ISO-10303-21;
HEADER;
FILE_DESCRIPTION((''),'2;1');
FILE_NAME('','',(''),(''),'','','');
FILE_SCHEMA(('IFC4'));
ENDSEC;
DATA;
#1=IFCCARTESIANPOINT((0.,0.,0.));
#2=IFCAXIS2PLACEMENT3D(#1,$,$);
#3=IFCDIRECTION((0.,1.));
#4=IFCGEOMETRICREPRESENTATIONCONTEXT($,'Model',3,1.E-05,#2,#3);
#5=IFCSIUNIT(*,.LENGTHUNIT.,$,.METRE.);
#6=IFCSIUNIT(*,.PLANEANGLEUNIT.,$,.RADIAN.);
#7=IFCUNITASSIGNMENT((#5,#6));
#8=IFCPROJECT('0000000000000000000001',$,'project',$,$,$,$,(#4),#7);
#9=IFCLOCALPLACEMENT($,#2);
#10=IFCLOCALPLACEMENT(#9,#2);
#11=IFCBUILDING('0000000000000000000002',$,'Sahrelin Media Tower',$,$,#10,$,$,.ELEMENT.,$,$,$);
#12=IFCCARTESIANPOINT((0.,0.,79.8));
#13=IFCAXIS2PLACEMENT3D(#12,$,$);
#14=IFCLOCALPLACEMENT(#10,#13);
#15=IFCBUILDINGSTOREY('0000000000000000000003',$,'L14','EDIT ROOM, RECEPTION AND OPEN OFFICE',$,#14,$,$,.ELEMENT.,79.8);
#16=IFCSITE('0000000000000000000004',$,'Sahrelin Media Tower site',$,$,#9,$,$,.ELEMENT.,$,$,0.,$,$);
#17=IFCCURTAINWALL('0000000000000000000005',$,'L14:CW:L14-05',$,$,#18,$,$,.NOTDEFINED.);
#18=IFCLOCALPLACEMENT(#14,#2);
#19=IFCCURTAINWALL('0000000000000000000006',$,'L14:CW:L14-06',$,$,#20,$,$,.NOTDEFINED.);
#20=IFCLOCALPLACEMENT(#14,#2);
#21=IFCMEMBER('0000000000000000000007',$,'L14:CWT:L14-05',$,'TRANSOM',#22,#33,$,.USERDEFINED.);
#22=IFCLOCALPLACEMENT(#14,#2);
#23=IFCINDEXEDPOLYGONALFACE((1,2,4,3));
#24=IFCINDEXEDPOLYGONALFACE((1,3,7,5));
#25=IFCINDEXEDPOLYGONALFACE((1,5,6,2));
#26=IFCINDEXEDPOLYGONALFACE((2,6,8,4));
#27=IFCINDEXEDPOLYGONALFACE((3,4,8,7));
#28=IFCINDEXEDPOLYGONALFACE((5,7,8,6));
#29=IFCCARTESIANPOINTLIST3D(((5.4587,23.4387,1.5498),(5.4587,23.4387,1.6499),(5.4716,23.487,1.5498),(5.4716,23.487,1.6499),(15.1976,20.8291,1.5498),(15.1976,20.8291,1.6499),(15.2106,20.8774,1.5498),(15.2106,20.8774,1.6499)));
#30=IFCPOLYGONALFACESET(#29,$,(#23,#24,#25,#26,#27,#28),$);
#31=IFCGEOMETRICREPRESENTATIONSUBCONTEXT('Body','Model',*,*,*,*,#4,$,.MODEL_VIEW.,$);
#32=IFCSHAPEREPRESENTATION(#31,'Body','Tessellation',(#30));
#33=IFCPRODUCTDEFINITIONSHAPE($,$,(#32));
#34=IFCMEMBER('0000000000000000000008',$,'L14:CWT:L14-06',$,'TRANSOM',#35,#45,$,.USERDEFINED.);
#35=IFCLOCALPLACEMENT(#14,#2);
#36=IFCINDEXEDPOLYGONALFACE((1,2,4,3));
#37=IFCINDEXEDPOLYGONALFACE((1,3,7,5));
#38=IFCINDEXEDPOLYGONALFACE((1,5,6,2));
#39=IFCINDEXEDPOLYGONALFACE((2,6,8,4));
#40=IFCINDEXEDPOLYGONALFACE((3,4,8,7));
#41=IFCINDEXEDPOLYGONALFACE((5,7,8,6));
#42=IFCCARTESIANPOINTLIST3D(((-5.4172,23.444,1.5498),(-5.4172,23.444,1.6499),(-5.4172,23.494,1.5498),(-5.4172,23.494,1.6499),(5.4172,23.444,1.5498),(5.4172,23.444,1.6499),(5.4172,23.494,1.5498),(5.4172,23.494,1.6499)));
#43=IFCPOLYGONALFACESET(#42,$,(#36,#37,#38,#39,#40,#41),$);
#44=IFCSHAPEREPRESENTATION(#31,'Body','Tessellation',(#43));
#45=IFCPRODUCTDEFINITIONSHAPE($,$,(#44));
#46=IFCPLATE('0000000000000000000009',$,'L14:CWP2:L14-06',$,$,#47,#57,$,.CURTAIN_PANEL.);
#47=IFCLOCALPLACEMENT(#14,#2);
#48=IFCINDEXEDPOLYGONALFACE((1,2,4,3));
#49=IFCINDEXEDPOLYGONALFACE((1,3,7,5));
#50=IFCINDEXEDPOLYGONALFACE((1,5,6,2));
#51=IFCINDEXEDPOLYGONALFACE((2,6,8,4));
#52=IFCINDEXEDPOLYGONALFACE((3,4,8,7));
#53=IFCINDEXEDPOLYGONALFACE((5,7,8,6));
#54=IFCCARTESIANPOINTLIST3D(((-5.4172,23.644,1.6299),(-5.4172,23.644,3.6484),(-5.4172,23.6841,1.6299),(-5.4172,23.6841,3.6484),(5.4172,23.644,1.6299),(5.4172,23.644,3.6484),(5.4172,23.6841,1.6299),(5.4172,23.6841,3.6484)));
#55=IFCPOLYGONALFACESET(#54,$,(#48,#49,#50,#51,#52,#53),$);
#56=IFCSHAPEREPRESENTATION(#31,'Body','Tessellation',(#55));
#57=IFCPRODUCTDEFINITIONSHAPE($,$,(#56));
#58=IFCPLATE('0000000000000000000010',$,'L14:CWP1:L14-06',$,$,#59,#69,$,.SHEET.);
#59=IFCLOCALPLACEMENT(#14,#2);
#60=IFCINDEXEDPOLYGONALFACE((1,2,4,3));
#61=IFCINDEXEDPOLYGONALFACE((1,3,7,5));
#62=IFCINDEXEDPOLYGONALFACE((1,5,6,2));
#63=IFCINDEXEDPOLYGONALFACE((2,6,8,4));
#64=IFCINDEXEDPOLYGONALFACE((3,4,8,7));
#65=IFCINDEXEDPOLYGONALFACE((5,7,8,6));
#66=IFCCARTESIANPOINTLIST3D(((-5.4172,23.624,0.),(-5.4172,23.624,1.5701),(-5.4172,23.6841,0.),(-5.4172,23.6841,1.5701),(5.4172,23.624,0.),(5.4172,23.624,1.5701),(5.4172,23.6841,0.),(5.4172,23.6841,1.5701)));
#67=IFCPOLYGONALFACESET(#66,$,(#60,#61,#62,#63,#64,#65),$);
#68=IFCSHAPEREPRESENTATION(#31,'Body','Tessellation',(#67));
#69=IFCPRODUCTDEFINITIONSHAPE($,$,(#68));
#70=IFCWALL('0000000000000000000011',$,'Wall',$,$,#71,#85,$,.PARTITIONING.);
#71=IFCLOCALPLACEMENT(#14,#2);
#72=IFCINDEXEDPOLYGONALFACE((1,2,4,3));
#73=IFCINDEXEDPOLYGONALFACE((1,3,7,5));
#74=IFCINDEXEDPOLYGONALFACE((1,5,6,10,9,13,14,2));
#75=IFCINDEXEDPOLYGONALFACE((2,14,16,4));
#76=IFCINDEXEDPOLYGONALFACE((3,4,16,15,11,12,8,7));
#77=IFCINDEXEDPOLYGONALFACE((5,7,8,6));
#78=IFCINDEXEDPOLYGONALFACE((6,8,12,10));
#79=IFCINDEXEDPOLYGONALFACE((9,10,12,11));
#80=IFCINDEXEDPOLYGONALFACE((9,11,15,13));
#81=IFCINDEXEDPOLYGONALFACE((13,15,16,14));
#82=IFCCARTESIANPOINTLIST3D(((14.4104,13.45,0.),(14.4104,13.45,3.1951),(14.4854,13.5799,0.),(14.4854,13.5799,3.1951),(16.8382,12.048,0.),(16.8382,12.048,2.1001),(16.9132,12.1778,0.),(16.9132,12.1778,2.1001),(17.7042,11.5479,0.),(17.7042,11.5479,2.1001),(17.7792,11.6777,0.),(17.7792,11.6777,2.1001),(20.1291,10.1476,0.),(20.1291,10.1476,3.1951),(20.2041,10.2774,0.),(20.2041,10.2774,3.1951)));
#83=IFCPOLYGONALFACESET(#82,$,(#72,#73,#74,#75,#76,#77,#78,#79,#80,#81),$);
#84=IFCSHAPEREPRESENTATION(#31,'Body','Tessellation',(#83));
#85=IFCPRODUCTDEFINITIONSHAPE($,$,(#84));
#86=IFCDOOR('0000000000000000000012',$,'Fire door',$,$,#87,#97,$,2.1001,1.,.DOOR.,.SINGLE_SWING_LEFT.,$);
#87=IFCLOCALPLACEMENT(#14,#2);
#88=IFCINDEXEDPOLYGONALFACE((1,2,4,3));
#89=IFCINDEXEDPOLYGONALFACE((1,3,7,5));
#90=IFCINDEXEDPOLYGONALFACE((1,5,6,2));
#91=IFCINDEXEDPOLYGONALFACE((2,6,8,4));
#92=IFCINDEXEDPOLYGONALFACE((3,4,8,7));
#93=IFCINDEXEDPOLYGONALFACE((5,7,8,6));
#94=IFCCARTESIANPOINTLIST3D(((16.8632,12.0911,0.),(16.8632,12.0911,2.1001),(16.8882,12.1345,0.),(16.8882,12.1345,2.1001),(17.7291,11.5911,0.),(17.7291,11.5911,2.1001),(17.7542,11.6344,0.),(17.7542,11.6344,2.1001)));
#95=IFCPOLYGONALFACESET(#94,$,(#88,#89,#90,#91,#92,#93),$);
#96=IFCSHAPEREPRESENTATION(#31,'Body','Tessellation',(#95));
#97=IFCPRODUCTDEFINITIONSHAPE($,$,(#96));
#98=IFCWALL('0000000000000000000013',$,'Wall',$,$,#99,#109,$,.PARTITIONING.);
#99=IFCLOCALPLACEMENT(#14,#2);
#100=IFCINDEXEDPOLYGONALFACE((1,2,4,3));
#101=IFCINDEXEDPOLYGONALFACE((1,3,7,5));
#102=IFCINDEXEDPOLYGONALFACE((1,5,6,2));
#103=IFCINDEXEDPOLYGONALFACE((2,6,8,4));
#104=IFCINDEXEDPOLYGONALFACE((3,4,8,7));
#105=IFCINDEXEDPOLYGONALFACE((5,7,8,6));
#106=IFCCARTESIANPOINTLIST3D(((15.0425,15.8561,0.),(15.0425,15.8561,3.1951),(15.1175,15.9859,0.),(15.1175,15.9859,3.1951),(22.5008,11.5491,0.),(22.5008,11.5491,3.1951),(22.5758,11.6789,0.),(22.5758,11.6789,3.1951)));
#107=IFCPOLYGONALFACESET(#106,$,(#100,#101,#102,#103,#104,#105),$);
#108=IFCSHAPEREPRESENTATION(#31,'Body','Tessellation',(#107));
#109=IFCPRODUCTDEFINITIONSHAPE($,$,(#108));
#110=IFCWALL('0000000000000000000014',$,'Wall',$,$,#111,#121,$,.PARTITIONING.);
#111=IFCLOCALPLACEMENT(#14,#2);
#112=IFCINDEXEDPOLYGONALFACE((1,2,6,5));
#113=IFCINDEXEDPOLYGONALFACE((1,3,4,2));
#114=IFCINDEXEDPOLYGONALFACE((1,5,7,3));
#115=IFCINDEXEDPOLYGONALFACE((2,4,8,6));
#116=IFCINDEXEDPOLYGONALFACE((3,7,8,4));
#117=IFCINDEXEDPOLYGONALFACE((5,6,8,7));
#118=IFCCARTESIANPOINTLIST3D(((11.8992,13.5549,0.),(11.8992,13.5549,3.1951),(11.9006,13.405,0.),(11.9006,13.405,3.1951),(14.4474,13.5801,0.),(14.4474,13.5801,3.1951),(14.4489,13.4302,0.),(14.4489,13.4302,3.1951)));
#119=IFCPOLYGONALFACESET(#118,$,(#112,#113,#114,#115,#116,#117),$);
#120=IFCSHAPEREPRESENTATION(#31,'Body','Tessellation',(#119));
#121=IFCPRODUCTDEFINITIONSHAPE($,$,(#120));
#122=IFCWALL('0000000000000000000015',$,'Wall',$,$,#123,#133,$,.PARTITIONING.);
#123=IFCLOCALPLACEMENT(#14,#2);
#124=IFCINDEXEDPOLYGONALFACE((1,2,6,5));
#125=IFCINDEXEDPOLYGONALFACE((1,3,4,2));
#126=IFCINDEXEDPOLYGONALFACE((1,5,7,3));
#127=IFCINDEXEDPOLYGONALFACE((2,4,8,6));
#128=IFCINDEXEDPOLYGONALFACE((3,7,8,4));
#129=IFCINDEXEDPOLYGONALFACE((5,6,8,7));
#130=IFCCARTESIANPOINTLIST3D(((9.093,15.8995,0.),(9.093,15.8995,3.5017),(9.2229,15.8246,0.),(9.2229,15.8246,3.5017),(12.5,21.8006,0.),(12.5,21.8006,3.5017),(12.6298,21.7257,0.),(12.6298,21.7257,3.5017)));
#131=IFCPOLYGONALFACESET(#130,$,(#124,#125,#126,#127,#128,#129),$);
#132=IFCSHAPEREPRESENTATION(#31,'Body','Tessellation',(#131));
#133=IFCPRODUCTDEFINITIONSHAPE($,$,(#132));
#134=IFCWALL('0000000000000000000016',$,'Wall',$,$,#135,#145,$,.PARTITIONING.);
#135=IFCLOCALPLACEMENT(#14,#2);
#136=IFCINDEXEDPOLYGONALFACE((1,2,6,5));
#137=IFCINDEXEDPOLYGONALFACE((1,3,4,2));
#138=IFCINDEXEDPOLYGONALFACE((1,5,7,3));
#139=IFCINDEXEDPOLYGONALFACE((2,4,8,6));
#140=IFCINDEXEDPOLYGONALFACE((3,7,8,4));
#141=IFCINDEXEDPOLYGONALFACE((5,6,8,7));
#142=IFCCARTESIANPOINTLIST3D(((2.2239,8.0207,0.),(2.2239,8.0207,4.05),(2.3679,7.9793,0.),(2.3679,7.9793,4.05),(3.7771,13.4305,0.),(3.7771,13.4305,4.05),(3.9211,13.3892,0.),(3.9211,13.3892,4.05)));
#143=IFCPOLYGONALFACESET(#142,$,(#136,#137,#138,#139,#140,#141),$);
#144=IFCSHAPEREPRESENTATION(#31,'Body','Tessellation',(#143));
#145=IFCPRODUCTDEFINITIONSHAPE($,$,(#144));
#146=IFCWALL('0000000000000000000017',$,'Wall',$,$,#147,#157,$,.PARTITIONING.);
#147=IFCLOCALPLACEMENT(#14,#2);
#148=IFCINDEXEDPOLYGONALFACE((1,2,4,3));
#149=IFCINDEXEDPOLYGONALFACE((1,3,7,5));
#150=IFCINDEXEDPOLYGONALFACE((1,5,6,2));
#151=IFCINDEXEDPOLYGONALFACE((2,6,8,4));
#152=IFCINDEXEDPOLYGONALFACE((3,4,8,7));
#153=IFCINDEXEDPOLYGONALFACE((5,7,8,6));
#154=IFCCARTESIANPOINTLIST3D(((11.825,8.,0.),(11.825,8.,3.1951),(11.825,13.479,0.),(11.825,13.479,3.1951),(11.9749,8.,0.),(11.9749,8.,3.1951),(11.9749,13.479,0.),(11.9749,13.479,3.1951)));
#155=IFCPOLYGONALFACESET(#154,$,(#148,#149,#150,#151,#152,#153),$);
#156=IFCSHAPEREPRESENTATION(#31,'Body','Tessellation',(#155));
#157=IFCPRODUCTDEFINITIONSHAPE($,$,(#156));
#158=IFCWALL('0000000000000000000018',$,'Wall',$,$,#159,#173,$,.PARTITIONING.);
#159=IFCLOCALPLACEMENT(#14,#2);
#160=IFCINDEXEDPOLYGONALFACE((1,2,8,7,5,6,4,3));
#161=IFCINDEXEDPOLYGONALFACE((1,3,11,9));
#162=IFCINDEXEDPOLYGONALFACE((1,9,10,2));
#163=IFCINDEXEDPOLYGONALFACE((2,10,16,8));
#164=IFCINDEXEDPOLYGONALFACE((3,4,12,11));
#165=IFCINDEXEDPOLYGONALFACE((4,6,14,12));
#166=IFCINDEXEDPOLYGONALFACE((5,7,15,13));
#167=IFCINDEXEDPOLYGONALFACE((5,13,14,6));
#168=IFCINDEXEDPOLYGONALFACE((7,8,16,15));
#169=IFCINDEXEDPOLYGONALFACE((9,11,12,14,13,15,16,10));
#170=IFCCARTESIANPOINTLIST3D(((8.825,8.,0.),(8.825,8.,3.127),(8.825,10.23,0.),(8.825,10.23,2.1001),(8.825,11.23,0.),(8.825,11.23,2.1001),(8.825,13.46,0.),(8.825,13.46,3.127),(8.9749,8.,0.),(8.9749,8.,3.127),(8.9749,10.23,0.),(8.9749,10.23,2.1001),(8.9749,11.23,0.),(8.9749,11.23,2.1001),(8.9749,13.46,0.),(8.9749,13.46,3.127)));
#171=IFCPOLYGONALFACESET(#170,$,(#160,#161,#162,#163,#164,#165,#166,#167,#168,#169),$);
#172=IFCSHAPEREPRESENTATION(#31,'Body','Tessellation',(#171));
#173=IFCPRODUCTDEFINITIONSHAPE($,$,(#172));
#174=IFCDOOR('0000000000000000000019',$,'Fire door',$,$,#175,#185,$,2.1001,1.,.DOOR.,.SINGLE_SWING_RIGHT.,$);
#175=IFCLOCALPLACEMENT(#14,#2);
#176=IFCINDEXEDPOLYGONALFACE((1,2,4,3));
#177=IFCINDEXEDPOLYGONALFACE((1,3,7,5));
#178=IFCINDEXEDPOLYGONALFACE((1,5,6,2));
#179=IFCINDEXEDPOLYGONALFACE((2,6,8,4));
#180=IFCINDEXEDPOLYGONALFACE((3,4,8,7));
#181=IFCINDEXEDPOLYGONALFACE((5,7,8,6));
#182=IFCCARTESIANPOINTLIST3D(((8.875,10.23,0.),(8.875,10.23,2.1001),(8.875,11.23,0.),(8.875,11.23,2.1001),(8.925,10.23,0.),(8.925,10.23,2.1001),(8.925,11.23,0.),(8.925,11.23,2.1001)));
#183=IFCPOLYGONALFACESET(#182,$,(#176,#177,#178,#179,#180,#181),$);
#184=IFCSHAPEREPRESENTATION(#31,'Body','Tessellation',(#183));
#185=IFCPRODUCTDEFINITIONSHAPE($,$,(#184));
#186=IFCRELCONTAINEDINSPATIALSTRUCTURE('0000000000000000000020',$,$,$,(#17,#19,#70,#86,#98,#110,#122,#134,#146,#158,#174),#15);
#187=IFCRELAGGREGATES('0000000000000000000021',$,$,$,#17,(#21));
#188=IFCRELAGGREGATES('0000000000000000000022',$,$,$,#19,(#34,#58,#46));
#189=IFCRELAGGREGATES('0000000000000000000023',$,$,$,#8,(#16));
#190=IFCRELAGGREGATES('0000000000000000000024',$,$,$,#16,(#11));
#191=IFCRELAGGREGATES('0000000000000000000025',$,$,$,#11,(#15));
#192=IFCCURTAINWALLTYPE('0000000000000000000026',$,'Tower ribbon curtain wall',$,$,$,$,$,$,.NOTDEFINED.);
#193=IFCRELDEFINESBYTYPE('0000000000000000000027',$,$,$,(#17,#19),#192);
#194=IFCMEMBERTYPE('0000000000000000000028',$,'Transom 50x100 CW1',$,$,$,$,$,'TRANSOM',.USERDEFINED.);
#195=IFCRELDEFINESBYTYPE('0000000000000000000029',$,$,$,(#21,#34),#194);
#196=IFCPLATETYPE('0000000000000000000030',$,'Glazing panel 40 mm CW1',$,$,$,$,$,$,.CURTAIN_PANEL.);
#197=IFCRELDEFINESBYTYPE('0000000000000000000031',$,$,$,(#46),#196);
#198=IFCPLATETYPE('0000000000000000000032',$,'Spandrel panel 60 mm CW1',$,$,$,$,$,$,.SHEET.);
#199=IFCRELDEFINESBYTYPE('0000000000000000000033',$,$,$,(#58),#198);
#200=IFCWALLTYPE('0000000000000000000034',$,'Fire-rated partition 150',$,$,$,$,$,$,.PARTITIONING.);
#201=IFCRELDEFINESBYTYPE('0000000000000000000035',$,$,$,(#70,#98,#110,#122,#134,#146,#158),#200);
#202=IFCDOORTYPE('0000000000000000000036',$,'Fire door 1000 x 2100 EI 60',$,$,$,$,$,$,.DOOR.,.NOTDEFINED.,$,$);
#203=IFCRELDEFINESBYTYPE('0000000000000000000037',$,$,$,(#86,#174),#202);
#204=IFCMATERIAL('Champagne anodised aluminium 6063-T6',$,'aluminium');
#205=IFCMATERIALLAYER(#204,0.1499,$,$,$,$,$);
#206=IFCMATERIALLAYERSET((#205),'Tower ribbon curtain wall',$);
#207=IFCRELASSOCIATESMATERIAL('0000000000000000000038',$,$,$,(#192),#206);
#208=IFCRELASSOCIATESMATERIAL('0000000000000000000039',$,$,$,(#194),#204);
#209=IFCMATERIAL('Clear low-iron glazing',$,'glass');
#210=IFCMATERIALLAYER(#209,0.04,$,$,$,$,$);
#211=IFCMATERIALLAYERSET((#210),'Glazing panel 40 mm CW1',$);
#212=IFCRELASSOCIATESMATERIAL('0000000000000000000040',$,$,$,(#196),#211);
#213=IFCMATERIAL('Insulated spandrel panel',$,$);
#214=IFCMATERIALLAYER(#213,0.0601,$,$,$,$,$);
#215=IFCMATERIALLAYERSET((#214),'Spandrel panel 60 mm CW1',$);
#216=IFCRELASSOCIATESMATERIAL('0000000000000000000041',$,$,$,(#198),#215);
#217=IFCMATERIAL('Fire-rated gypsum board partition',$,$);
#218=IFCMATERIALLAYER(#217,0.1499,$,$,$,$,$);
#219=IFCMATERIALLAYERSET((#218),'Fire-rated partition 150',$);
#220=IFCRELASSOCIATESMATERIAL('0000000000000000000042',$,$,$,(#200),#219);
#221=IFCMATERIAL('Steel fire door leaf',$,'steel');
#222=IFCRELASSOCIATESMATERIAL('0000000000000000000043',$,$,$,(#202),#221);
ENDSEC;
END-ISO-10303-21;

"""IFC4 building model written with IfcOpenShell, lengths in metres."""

from ifc_helpers import new_model, si_unit, direction, frame, frame_2d, origin, origin_2d, place, context, subcontext, project, spatial, polyline, rectangle, outline, extrude, material, layer, layer_set, material_profile, profile_set, type_object, element, fill, aggregate, save


model = new_model("IFC4")

# Units and contexts
model_context = context("Model", 3, precision=1e-05, world=origin(), true_north=direction((0.0, 1.0)))
body_context = subcontext(model_context, "Body", "Model", "MODEL_VIEW")
ifc_project = project(units=[si_unit("LENGTHUNIT", "METRE"), si_unit("PLANEANGLEUNIT", "RADIAN")], contexts=[model_context])

# Site, building, storey
site_placement = place(None, origin())
site = spatial("IfcSite", under=ifc_project, at=site_placement, Name="Sahrelin Media Tower site", CompositionType="ELEMENT", RefElevation=0.0)
building_placement = place(site_placement, origin())
building = spatial("IfcBuilding", under=site, at=building_placement, Name="Sahrelin Media Tower", CompositionType="ELEMENT")
storey_placement = place(building_placement, frame((0.0, 0.0, 79.8)))
storey = spatial("IfcBuildingStorey", under=building, at=storey_placement, Name="L14", Description="EDIT ROOM, RECEPTION AND OPEN OFFICE", CompositionType="ELEMENT", Elevation=79.8)

# Curtain walls
ifc_material_1 = material(Name="Champagne anodised aluminium 6063-T6", Category="aluminium")
ifc_layer_1 = layer(ifc_material_1, 0.1499)
ifc_layer_set_1 = layer_set([ifc_layer_1], Name="Tower ribbon curtain wall")
curtain_wall_type = type_object("IfcCurtainWallType", Name="Tower ribbon curtain wall", PredefinedType="NOTDEFINED", material=ifc_layer_set_1)
curtain_wall_1_placement = place(storey_placement, frame((10.385, 22.3464, 0.0), z_axis=(0.0, 0.0, 1.0), x_axis=(1.0, 0.0, 0.0)))
curtain_wall_1 = element("IfcCurtainWall", 1, at=curtain_wall_1_placement, inside=storey, type_object=curtain_wall_type, Name="L14:CW:L14-05", PredefinedType="NOTDEFINED")
placement_1 = place(storey_placement, frame((0.0, 23.6641, 0.0), z_axis=(0.0, 0.0, 1.0), x_axis=(1.0, 0.0, 0.0)))
curtain_wall_2 = element("IfcCurtainWall", 2, at=placement_1, inside=storey, type_object=curtain_wall_type, Name="L14:CW:L14-06", PredefinedType="NOTDEFINED")

# Members
ifc_material_profile_1 = material_profile(ifc_material_1, rectangle(XDim=0.05, YDim=0.1001, at=origin_2d()), Name="Transom 50x100")
ifc_profile_set_1 = profile_set([ifc_material_profile_1], Name="Champagne anodised aluminium 6063-T6")
member_type_1 = type_object("IfcMemberType", Name="Transom 50x100 CW1", ElementType="TRANSOM", PredefinedType="USERDEFINED", material=ifc_profile_set_1)
member_1_placement = place(storey_placement, frame((15.2041, 20.8533, 1.5999), z_axis=(-0.965924, 0.258824, 0.0), x_axis=(-0.258824, -0.965924, 0.0)))
member_1 = element("IfcMember", 3, at=member_1_placement, type_object=member_type_1, Name="L14:CWT:L14-05", ObjectType="TRANSOM", PredefinedType="USERDEFINED", context=body_context, shape_type="SweptSolid", body=[
    extrude(rectangle(XDim=0.05, YDim=0.1001, at=origin_2d()), origin(), (0.0, 0.0, 1.0), 10.0825),
])
aggregate(curtain_wall_1, [member_1])
member_2_placement = place(storey_placement, frame((5.4172, 23.469, 1.5999), z_axis=(-1.0, 0.0, 0.0), x_axis=(0.0, -1.0, 0.0)))
member_2 = element("IfcMember", 4, at=member_2_placement, type_object=member_type_1, Name="L14:CWT:L14-06", ObjectType="TRANSOM", PredefinedType="USERDEFINED", context=body_context, shape_type="SweptSolid", body=[
    extrude(rectangle(XDim=0.05, YDim=0.1001, at=origin_2d()), origin(), (0.0, 0.0, 1.0), 10.8345),
])

# Plates
ifc_material_2 = material(Name="Clear low-iron glazing", Category="glass")
ifc_layer_2 = layer(ifc_material_2, 0.04)
ifc_layer_set_2 = layer_set([ifc_layer_2], Name="Glazing panel 40 mm CW1")
plate_type_1 = type_object("IfcPlateType", Name="Glazing panel 40 mm CW1", PredefinedType="CURTAIN_PANEL", material=ifc_layer_set_2)
plate_1_placement = place(storey_placement, frame((5.4172, 23.6841, 1.6299), z_axis=(0.0, 1.0, 0.0), x_axis=(-1.0, 0.0, 0.0)))
plate_1 = element("IfcPlate", 5, at=plate_1_placement, type_object=plate_type_1, Name="L14:CWP2:L14-06", PredefinedType="CURTAIN_PANEL", context=body_context, shape_type="SweptSolid", body=[
    extrude(outline(polyline([(0.0, 0.0), (10.8345, 0.0), (10.8345, 2.0186), (0.0, 2.0186), (0.0, 0.0)])), origin(), (0.0, 0.0, -1.0), 0.04),
])
ifc_material_3 = material(Name="Insulated spandrel panel")
ifc_layer_3 = layer(ifc_material_3, 0.0601)
ifc_layer_set_3 = layer_set([ifc_layer_3], Name="Spandrel panel 60 mm CW1")
plate_type_2 = type_object("IfcPlateType", Name="Spandrel panel 60 mm CW1", PredefinedType="SHEET", material=ifc_layer_set_3)
plate_2_placement = place(storey_placement, frame((5.4172, 23.6841, 0.0), z_axis=(0.0, 1.0, 0.0), x_axis=(-1.0, 0.0, 0.0)))
plate_2 = element("IfcPlate", 6, at=plate_2_placement, type_object=plate_type_2, Name="L14:CWP1:L14-06", PredefinedType="SHEET", context=body_context, shape_type="SweptSolid", body=[
    extrude(outline(polyline([(0.0, 0.0), (10.8345, 0.0), (10.8345, 1.5701), (0.0, 1.5701), (0.0, 0.0)])), origin(), (0.0, 0.0, -1.0), 0.0601),
])
aggregate(curtain_wall_2, [member_2, plate_2, plate_1])

# Wall, opening, door
ifc_material_4 = material(Name="Fire-rated gypsum board partition")
ifc_layer_4 = layer(ifc_material_4, 0.1499)
ifc_layer_set_4 = layer_set([ifc_layer_4], Name="Fire-rated partition 150")
wall_type_1 = type_object("IfcWallType", Name="Fire-rated partition 150", PredefinedType="PARTITIONING", material=ifc_layer_set_4)
wall_1_placement = place(storey_placement, frame((14.448, 13.5149, 0.0), z_axis=(0.0, 0.0, 1.0), x_axis=(0.865975, -0.500087, 0.0)))
wall_1 = element("IfcWall", 7, at=wall_1_placement, inside=storey, type_object=wall_type_1, Name="Wall", PredefinedType="PARTITIONING", context=body_context, shape_type="SweptSolid", body=[
    extrude(rectangle(XDim=6.6038, YDim=0.1499, at=frame_2d((3.3018, 0.0))), origin(), (0.0, 0.0, 1.0), 3.1951),
])
opening_1_placement = place(wall_1_placement, frame((2.8035, 0.0, 0.0)))
opening_1 = element("IfcOpeningElement", 8, at=opening_1_placement, cuts=wall_1, PredefinedType="OPENING", context=body_context, shape_type="SweptSolid", body=[
    extrude(rectangle(XDim=1.0, YDim=2.1001, at=frame_2d((0.5, 1.05))), frame((0.0, 0.075, 0.0), z_axis=(0.0, -1.0, 0.0), x_axis=(1.0, 0.0, 0.0)), (0.0, 0.0, 1.0), 0.1499),
])
ifc_material_5 = material(Name="Steel fire door leaf", Category="steel")
door_type = type_object("IfcDoorType", Name="Fire door 1000 x 2100 EI 60", OperationType="NOTDEFINED", PredefinedType="DOOR", material=ifc_material_5)
door_1_placement = place(opening_1_placement, origin())
door_1 = element("IfcDoor", 9, at=door_1_placement, inside=storey, type_object=door_type, Name="Fire door", OperationType="SINGLE_SWING_LEFT", OverallHeight=2.1001, OverallWidth=1.0, PredefinedType="DOOR", context=body_context, shape_type="SweptSolid", body=[
    extrude(rectangle(XDim=1.0, YDim=2.1001, at=frame_2d((0.5, 1.05))), frame((0.0, 0.0249, 0.0), z_axis=(0.0, -1.0, 0.0), x_axis=(1.0, 0.0, 0.0)), (0.0, 0.0, 1.0), 0.05),
])
fill(opening_1, door_1)

# Walls
wall_2_placement = place(storey_placement, frame((15.0801, 15.9209, 0.0), z_axis=(0.0, 0.0, 1.0), x_axis=(0.865982, -0.500075, 0.0)))
element("IfcWall", 10, at=wall_2_placement, inside=storey, type_object=wall_type_1, Name="Wall", PredefinedType="PARTITIONING", context=body_context, shape_type="SweptSolid", body=[
    extrude(rectangle(XDim=8.6125, YDim=0.1499, at=frame_2d((4.3062, 0.0))), origin(), (0.0, 0.0, 1.0), 3.1951),
])
wall_3_placement = place(storey_placement, frame((11.8999, 13.48, 0.0), z_axis=(0.0, 0.0, 1.0), x_axis=(0.999951, 0.009868, 0.0)))
element("IfcWall", 11, at=wall_3_placement, inside=storey, type_object=wall_type_1, Name="Wall", PredefinedType="PARTITIONING", context=body_context, shape_type="SweptSolid", body=[
    extrude(rectangle(XDim=2.5483, YDim=0.1499, at=frame_2d((1.2742, 0.0))), origin(), (0.0, 0.0, 1.0), 3.1951),
])
wall_4_placement = place(storey_placement, frame((9.158, 15.8621, 0.0), z_axis=(0.0, 0.0, 1.0), x_axis=(0.499996, 0.866027, 0.0)))
element("IfcWall", 12, at=wall_4_placement, inside=storey, type_object=wall_type_1, Name="Wall", PredefinedType="PARTITIONING", context=body_context, shape_type="SweptSolid", body=[
    extrude(rectangle(XDim=6.814, YDim=0.1499, at=frame_2d((3.407, 0.0))), origin(), (0.0, 0.0, 1.0), 3.5017),
])
wall_5_placement = place(storey_placement, frame((2.2959, 8.0, 0.0), z_axis=(0.0, 0.0, 1.0), x_axis=(0.275958, 0.96117, 0.0)))
element("IfcWall", 13, at=wall_5_placement, inside=storey, type_object=wall_type_1, Name="Wall", PredefinedType="PARTITIONING", context=body_context, shape_type="SweptSolid", body=[
    extrude(rectangle(XDim=5.6284, YDim=0.1499, at=frame_2d((2.8142, 0.0))), origin(), (0.0, 0.0, 1.0), 4.05),
])
wall_6_placement = place(storey_placement, frame((11.8999, 8.0, 0.0), z_axis=(0.0, 0.0, 1.0), x_axis=(0.0, 1.0, 0.0)))
element("IfcWall", 14, at=wall_6_placement, inside=storey, type_object=wall_type_1, Name="Wall", PredefinedType="PARTITIONING", context=body_context, shape_type="SweptSolid", body=[
    extrude(rectangle(XDim=5.479, YDim=0.1499, at=frame_2d((2.7395, 0.0))), origin(), (0.0, 0.0, 1.0), 3.1951),
])

# Wall, opening, door
wall_7_placement = place(storey_placement, frame((8.8999, 8.0, 0.0), z_axis=(0.0, 0.0, 1.0), x_axis=(0.0, 1.0, 0.0)))
wall_7 = element("IfcWall", 15, at=wall_7_placement, inside=storey, type_object=wall_type_1, Name="Wall", PredefinedType="PARTITIONING", context=body_context, shape_type="SweptSolid", body=[
    extrude(rectangle(XDim=5.46, YDim=0.1499, at=frame_2d((2.73, 0.0))), origin(), (0.0, 0.0, 1.0), 3.127),
])
opening_2_placement = place(wall_7_placement, frame((2.23, 0.0, 0.0)))
opening_2 = element("IfcOpeningElement", 16, at=opening_2_placement, cuts=wall_7, PredefinedType="OPENING", context=body_context, shape_type="SweptSolid", body=[
    extrude(rectangle(XDim=1.0, YDim=2.1001, at=frame_2d((0.5, 1.05))), frame((0.0, 0.075, 0.0), z_axis=(0.0, -1.0, 0.0), x_axis=(1.0, 0.0, 0.0)), (0.0, 0.0, 1.0), 0.1499),
])
door_2_placement = place(opening_2_placement, origin())
door_2 = element("IfcDoor", 17, at=door_2_placement, inside=storey, type_object=door_type, Name="Fire door", OperationType="SINGLE_SWING_RIGHT", OverallHeight=2.1001, OverallWidth=1.0, PredefinedType="DOOR", context=body_context, shape_type="SweptSolid", body=[
    extrude(rectangle(XDim=1.0, YDim=2.1001, at=frame_2d((0.5, 1.05))), frame((0.0, 0.0249, 0.0), z_axis=(0.0, -1.0, 0.0), x_axis=(1.0, 0.0, 0.0)), (0.0, 0.0, 1.0), 0.05),
])
fill(opening_2, door_2)

save(model, "model.ifc")
